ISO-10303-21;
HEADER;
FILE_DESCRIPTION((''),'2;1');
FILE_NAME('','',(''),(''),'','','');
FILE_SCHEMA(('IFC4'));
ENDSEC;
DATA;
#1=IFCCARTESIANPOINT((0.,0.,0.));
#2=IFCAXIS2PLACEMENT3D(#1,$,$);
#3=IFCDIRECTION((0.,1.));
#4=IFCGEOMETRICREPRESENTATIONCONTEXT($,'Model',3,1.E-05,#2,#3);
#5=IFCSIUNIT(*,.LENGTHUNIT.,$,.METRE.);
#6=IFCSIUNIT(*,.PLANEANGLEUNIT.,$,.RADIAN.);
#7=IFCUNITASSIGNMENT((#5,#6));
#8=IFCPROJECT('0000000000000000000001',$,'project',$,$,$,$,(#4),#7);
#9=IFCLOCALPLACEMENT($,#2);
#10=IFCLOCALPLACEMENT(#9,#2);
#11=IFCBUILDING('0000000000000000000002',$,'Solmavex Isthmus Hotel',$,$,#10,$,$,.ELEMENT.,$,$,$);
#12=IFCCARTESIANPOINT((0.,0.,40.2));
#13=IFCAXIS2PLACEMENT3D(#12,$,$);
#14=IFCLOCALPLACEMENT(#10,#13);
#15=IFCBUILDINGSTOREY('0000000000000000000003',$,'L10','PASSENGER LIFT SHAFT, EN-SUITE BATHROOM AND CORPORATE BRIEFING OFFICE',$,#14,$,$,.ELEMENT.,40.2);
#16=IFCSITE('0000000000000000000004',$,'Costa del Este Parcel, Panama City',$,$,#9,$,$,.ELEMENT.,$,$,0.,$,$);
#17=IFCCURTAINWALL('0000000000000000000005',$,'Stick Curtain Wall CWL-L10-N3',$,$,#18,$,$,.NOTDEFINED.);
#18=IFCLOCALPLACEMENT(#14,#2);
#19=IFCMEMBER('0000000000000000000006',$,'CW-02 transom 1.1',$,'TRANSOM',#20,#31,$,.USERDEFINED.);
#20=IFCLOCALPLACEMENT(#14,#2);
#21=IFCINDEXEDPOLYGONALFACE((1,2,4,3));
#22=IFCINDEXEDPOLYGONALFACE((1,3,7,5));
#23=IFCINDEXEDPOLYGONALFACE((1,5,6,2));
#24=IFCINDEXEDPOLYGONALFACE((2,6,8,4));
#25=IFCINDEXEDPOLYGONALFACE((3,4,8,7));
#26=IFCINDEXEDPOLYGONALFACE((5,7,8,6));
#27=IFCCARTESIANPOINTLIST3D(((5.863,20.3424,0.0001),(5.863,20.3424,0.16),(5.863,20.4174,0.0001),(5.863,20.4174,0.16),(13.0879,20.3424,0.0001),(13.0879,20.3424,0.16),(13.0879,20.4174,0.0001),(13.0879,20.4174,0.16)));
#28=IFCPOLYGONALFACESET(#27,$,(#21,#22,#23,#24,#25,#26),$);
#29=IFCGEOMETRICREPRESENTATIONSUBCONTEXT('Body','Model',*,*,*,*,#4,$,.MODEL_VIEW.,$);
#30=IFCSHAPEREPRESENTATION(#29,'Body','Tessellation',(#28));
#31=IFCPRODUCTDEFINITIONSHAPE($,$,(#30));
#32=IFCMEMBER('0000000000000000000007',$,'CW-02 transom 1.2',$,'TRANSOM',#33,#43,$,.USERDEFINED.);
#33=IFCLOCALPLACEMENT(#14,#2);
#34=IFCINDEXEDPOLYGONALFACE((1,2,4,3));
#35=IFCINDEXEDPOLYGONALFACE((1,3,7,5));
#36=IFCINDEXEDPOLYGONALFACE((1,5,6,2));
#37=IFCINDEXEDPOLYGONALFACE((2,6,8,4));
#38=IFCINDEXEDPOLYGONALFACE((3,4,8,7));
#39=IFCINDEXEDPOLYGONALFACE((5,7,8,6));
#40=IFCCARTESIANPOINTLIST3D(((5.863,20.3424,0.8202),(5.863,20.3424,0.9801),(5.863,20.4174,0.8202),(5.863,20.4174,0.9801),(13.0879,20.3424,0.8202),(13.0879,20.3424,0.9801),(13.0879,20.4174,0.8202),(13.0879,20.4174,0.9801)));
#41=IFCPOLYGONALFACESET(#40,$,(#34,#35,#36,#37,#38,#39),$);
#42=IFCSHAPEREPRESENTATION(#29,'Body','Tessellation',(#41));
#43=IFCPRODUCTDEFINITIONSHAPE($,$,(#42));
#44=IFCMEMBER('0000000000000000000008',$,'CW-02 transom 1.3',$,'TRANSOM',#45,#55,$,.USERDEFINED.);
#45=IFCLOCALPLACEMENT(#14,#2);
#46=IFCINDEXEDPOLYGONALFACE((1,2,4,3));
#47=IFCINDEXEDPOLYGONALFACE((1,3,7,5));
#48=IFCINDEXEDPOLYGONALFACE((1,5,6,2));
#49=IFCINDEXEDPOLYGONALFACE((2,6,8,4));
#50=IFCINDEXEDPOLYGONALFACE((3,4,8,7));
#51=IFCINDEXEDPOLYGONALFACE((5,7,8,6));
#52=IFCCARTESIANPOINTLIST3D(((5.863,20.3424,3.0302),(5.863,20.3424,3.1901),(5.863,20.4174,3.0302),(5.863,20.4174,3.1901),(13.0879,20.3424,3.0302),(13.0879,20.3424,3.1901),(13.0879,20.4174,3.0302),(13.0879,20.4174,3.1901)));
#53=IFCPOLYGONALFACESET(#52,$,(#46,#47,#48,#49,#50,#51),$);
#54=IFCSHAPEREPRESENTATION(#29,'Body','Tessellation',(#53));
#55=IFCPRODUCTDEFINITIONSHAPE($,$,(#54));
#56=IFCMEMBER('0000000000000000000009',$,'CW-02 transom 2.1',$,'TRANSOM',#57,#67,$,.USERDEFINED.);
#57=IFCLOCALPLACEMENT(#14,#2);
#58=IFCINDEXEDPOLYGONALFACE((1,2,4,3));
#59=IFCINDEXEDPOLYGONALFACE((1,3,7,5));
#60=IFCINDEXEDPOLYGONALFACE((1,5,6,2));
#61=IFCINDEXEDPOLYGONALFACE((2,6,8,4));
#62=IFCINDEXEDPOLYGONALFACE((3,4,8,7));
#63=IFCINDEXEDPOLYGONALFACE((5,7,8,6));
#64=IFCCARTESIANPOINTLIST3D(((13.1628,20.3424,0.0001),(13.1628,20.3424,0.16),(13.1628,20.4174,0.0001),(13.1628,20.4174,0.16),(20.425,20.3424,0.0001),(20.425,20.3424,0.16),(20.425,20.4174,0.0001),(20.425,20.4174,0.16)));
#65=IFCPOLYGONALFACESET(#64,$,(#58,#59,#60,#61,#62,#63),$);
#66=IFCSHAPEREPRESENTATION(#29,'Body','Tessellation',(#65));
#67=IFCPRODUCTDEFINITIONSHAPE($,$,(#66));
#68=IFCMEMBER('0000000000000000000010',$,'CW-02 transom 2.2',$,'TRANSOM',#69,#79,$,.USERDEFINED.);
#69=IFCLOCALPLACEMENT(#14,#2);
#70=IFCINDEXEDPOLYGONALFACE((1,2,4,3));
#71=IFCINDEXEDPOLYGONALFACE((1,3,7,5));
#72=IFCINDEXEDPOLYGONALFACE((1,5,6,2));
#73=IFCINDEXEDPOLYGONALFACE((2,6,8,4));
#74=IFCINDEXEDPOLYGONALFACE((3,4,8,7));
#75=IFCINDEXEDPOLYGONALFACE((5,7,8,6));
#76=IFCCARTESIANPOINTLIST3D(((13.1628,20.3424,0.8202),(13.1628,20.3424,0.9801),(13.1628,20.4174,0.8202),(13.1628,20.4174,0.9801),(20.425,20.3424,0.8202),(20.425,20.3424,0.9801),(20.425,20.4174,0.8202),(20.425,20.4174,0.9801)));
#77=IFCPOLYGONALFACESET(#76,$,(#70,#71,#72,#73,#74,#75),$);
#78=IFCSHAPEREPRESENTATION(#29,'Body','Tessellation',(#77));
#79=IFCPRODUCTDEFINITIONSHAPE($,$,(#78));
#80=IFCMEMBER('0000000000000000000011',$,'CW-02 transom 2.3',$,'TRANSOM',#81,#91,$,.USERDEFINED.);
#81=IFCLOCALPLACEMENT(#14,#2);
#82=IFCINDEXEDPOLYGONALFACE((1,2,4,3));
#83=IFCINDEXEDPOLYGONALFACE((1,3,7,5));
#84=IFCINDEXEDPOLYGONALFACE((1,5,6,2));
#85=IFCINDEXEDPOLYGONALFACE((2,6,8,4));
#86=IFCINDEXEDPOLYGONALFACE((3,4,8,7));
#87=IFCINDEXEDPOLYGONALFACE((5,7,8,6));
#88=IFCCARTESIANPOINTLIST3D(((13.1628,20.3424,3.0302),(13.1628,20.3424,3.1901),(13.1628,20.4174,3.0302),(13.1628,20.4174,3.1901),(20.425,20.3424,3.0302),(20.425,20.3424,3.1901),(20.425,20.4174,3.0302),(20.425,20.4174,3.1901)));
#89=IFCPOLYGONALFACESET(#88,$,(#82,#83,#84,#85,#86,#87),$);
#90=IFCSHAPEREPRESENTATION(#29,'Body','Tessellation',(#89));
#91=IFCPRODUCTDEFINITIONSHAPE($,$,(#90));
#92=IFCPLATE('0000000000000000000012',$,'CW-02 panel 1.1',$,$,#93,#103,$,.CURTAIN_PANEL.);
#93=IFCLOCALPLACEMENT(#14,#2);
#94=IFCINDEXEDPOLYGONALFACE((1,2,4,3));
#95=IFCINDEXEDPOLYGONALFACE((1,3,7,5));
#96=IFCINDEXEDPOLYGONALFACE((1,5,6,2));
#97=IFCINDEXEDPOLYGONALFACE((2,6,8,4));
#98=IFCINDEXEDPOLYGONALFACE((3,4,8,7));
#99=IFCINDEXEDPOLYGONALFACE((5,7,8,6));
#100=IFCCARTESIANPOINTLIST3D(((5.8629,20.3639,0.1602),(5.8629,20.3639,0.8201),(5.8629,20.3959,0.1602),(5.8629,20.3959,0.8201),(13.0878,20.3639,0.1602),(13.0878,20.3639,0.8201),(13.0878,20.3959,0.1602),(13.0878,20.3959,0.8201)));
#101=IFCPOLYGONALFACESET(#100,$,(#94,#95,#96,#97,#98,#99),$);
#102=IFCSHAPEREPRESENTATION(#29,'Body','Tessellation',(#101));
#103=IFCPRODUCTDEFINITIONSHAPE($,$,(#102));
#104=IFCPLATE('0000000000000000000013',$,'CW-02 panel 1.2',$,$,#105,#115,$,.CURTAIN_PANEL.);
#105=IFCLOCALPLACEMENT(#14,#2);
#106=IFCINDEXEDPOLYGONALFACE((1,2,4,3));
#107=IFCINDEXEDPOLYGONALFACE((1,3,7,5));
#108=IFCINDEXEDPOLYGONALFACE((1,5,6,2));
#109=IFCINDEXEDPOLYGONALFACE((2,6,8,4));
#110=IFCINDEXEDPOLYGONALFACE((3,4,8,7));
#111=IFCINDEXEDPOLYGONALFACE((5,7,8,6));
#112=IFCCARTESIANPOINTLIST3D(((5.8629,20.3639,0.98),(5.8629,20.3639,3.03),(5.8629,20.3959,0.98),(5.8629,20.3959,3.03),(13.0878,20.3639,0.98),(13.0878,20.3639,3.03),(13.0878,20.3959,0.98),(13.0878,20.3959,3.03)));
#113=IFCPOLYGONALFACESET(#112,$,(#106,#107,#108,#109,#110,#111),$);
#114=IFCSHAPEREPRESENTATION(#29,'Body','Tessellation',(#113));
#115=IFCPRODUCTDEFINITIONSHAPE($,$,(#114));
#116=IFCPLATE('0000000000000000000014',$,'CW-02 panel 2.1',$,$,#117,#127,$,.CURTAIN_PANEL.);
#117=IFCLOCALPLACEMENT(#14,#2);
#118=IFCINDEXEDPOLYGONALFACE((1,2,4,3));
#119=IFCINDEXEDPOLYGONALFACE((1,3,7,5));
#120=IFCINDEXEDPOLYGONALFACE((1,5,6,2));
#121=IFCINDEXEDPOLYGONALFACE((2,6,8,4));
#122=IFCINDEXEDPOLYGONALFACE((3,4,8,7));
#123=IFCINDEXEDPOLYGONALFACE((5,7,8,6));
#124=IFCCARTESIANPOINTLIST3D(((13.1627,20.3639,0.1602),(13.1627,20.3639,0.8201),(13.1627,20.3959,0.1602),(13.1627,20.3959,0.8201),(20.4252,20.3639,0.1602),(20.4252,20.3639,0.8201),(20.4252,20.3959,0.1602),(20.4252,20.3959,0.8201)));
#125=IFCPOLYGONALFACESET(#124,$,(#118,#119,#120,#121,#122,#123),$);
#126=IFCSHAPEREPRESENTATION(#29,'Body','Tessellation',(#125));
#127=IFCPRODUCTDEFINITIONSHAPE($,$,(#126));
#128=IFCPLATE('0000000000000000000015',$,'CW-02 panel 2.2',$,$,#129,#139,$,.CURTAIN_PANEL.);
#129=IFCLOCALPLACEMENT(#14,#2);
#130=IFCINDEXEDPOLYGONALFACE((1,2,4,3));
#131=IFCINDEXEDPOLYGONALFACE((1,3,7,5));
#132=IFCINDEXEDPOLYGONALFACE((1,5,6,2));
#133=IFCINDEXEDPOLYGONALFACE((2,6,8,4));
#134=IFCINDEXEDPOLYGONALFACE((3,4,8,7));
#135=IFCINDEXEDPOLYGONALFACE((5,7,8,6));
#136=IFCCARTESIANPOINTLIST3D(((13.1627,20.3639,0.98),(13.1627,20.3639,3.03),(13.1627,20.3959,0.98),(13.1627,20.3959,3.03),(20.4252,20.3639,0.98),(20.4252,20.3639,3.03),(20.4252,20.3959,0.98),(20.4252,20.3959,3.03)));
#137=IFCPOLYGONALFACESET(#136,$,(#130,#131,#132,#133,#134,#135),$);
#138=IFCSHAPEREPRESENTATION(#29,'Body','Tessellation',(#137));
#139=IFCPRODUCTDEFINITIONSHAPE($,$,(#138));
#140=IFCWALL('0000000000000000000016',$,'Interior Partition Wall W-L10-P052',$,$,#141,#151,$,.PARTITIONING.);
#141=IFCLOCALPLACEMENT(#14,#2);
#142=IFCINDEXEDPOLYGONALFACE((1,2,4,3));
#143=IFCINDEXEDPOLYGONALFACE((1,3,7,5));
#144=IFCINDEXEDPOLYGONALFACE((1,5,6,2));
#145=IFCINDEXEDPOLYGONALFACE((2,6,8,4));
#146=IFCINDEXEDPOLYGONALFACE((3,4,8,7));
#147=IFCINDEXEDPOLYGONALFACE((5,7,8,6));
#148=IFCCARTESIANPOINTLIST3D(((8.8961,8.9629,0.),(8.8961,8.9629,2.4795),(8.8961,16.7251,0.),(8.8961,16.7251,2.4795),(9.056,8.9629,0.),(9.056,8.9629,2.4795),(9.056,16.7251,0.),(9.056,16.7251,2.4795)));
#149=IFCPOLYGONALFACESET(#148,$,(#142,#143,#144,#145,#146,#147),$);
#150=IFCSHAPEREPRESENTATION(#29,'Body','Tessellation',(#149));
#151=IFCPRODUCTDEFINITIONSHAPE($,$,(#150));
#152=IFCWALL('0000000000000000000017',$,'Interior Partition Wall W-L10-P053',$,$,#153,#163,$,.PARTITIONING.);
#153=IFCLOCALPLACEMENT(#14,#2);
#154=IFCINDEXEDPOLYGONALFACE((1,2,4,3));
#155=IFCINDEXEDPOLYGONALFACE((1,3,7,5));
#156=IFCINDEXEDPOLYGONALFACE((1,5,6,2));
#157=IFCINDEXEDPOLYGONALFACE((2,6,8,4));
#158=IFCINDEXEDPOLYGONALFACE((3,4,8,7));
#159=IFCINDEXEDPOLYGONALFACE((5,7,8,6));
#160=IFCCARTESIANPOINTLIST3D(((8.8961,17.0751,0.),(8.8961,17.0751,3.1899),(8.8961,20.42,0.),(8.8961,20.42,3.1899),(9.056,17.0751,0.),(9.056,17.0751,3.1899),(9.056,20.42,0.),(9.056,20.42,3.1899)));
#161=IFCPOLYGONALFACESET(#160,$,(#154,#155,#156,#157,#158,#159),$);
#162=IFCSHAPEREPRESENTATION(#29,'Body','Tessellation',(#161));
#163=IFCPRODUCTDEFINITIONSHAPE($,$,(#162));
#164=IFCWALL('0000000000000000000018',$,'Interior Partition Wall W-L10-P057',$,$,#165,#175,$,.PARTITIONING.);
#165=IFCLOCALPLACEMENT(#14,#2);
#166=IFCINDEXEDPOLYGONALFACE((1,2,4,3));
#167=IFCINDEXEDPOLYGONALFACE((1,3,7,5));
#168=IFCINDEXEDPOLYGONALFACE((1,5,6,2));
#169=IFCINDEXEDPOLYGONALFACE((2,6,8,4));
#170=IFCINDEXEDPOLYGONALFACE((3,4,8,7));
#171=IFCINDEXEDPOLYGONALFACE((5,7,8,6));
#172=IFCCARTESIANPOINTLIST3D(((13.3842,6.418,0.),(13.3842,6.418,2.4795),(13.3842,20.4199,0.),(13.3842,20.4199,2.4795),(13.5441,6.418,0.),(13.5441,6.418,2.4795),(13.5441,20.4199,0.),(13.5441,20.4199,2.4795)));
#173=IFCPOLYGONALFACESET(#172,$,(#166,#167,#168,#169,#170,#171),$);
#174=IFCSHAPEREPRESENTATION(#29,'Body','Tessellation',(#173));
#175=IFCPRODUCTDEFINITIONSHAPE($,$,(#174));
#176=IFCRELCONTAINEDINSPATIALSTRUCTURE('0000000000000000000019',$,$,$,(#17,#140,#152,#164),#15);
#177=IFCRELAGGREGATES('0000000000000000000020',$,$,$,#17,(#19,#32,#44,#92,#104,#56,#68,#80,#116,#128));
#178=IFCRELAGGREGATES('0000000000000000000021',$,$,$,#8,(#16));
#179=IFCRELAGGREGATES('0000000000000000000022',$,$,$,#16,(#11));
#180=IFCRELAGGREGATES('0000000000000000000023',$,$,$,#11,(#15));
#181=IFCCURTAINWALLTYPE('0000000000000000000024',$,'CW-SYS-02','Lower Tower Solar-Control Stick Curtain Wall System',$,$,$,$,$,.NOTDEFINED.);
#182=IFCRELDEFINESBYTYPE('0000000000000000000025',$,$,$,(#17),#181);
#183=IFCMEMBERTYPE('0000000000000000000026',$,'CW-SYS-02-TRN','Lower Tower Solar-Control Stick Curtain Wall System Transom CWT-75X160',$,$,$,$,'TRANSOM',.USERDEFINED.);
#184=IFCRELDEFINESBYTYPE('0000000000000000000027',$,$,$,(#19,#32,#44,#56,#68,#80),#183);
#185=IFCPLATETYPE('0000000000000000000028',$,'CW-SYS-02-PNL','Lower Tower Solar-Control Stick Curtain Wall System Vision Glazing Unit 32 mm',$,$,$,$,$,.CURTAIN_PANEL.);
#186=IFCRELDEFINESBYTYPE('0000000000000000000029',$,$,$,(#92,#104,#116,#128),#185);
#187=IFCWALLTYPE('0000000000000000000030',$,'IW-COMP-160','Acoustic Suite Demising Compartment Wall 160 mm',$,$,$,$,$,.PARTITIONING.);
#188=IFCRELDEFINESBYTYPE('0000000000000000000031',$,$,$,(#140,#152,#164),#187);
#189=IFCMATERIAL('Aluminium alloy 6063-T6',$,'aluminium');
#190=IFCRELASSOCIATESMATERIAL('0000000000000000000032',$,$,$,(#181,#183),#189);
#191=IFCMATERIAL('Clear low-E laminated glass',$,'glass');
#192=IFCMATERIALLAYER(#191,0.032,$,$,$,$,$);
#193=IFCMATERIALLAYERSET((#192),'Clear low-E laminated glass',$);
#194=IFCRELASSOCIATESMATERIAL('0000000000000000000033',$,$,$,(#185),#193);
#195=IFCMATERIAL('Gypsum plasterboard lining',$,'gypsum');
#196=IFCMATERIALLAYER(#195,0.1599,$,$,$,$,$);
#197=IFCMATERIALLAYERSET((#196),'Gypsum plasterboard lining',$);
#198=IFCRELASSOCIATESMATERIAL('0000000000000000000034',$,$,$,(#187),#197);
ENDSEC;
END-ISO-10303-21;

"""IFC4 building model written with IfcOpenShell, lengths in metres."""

from ifc_helpers import new_model, si_unit, direction, frame, frame_2d, origin, origin_2d, place, context, subcontext, project, spatial, rectangle, extrude, material, layer, layer_set, material_profile, profile_set, type_object, element, aggregate, save


model = new_model("IFC4")

# Units and contexts
model_context = context("Model", 3, precision=1e-05, world=origin(), true_north=direction((0.0, 1.0)))
body_context = subcontext(model_context, "Body", "Model", "MODEL_VIEW")
ifc_project = project(units=[si_unit("LENGTHUNIT", "METRE"), si_unit("PLANEANGLEUNIT", "RADIAN")], contexts=[model_context])

# Site, building, storey
site_placement = place(None, origin())
site = spatial("IfcSite", under=ifc_project, at=site_placement, Name="Costa del Este Parcel, Panama City", CompositionType="ELEMENT", RefElevation=0.0)
building_placement = place(site_placement, origin())
building = spatial("IfcBuilding", under=site, at=building_placement, Name="Solmavex Isthmus Hotel", CompositionType="ELEMENT")
storey_placement = place(building_placement, frame((0.0, 0.0, 40.2)))
storey = spatial("IfcBuildingStorey", under=building, at=storey_placement, Name="L10", Description="PASSENGER LIFT SHAFT, EN-SUITE BATHROOM AND CORPORATE BRIEFING OFFICE", CompositionType="ELEMENT", Elevation=40.2)

# Shared definitions
ifc_material_1 = material(Name="Aluminium alloy 6063-T6", Category="aluminium")
curtain_wall_type = type_object("IfcCurtainWallType", Name="CW-SYS-02", Description="Lower Tower Solar-Control Stick Curtain Wall System", PredefinedType="NOTDEFINED", material=ifc_material_1)

# Curtain wall, members, plates
curtain_wall_1_placement = place(storey_placement, origin())
curtain_wall_1 = element("IfcCurtainWall", 1, at=curtain_wall_1_placement, inside=storey, type_object=curtain_wall_type, Name="Stick Curtain Wall CWL-L10-N3", PredefinedType="NOTDEFINED")
ifc_material_profile_1 = material_profile(ifc_material_1, rectangle(XDim=0.075, YDim=0.1599, at=origin_2d()), Name="CWT-75X160")
ifc_profile_set_1 = profile_set([ifc_material_profile_1], Name="Aluminium alloy 6063-T6")
member_type_1 = type_object("IfcMemberType", Name="CW-SYS-02-TRN", Description="Lower Tower Solar-Control Stick Curtain Wall System Transom CWT-75X160", ElementType="TRANSOM", PredefinedType="USERDEFINED", material=ifc_profile_set_1)
member_1_placement = place(storey_placement, frame((5.863, 20.3799, 0.0801), z_axis=(1.0, 0.0, 0.0), x_axis=(0.0, 1.0, 0.0)))
member_1 = element("IfcMember", 2, at=member_1_placement, type_object=member_type_1, Name="CW-02 transom 1.1", ObjectType="TRANSOM", PredefinedType="USERDEFINED", context=body_context, shape_type="SweptSolid", body=[
    extrude(rectangle(XDim=0.075, YDim=0.1599, at=origin_2d()), origin(), (0.0, 0.0, 1.0), 7.2249),
])
member_2_placement = place(storey_placement, frame((5.863, 20.3799, 0.9001), z_axis=(1.0, 0.0, 0.0), x_axis=(0.0, 1.0, 0.0)))
member_2 = element("IfcMember", 3, at=member_2_placement, type_object=member_type_1, Name="CW-02 transom 1.2", ObjectType="TRANSOM", PredefinedType="USERDEFINED", context=body_context, shape_type="SweptSolid", body=[
    extrude(rectangle(XDim=0.075, YDim=0.1599, at=origin_2d()), origin(), (0.0, 0.0, 1.0), 7.2249),
])
member_3_placement = place(storey_placement, frame((5.863, 20.3799, 3.1101), z_axis=(1.0, 0.0, 0.0), x_axis=(0.0, 1.0, 0.0)))
member_3 = element("IfcMember", 4, at=member_3_placement, type_object=member_type_1, Name="CW-02 transom 1.3", ObjectType="TRANSOM", PredefinedType="USERDEFINED", context=body_context, shape_type="SweptSolid", body=[
    extrude(rectangle(XDim=0.075, YDim=0.1599, at=origin_2d()), origin(), (0.0, 0.0, 1.0), 7.2249),
])
member_4_placement = place(storey_placement, frame((13.1628, 20.3799, 0.0801), z_axis=(1.0, 0.0, 0.0), x_axis=(0.0, 1.0, 0.0)))
member_4 = element("IfcMember", 5, at=member_4_placement, type_object=member_type_1, Name="CW-02 transom 2.1", ObjectType="TRANSOM", PredefinedType="USERDEFINED", context=body_context, shape_type="SweptSolid", body=[
    extrude(rectangle(XDim=0.075, YDim=0.1599, at=origin_2d()), origin(), (0.0, 0.0, 1.0), 7.2622),
])
member_5_placement = place(storey_placement, frame((13.1628, 20.3799, 0.9001), z_axis=(1.0, 0.0, 0.0), x_axis=(0.0, 1.0, 0.0)))
member_5 = element("IfcMember", 6, at=member_5_placement, type_object=member_type_1, Name="CW-02 transom 2.2", ObjectType="TRANSOM", PredefinedType="USERDEFINED", context=body_context, shape_type="SweptSolid", body=[
    extrude(rectangle(XDim=0.075, YDim=0.1599, at=origin_2d()), origin(), (0.0, 0.0, 1.0), 7.2622),
])
member_6_placement = place(storey_placement, frame((13.1628, 20.3799, 3.1101), z_axis=(1.0, 0.0, 0.0), x_axis=(0.0, 1.0, 0.0)))
member_6 = element("IfcMember", 7, at=member_6_placement, type_object=member_type_1, Name="CW-02 transom 2.3", ObjectType="TRANSOM", PredefinedType="USERDEFINED", context=body_context, shape_type="SweptSolid", body=[
    extrude(rectangle(XDim=0.075, YDim=0.1599, at=origin_2d()), origin(), (0.0, 0.0, 1.0), 7.2622),
])
ifc_material_2 = material(Name="Clear low-E laminated glass", Category="glass")
ifc_layer_1 = layer(ifc_material_2, 0.032)
ifc_layer_set_1 = layer_set([ifc_layer_1], Name="Clear low-E laminated glass")
plate_type = type_object("IfcPlateType", Name="CW-SYS-02-PNL", Description="Lower Tower Solar-Control Stick Curtain Wall System Vision Glazing Unit 32 mm", PredefinedType="CURTAIN_PANEL", material=ifc_layer_set_1)
plate_1_placement = place(storey_placement, frame((9.4753, 20.3799, 0.1602), z_axis=(0.0, 0.0, 1.0), x_axis=(1.0, 0.0, 0.0)))
plate_1 = element("IfcPlate", 8, at=plate_1_placement, type_object=plate_type, Name="CW-02 panel 1.1", PredefinedType="CURTAIN_PANEL", context=body_context, shape_type="SweptSolid", body=[
    extrude(rectangle(XDim=7.2249, YDim=0.032, at=origin_2d()), origin(), (0.0, 0.0, 1.0), 0.6599),
])
plate_2_placement = place(storey_placement, frame((9.4753, 20.3799, 0.98), z_axis=(0.0, 0.0, 1.0), x_axis=(1.0, 0.0, 0.0)))
plate_2 = element("IfcPlate", 9, at=plate_2_placement, type_object=plate_type, Name="CW-02 panel 1.2", PredefinedType="CURTAIN_PANEL", context=body_context, shape_type="SweptSolid", body=[
    extrude(rectangle(XDim=7.2249, YDim=0.032, at=origin_2d()), origin(), (0.0, 0.0, 1.0), 2.05),
])
plate_3_placement = place(storey_placement, frame((16.7939, 20.3799, 0.1602), z_axis=(0.0, 0.0, 1.0), x_axis=(1.0, 0.0, 0.0)))
plate_3 = element("IfcPlate", 10, at=plate_3_placement, type_object=plate_type, Name="CW-02 panel 2.1", PredefinedType="CURTAIN_PANEL", context=body_context, shape_type="SweptSolid", body=[
    extrude(rectangle(XDim=7.2625, YDim=0.032, at=origin_2d()), origin(), (0.0, 0.0, 1.0), 0.6599),
])
plate_4_placement = place(storey_placement, frame((16.7939, 20.3799, 0.98), z_axis=(0.0, 0.0, 1.0), x_axis=(1.0, 0.0, 0.0)))
plate_4 = element("IfcPlate", 11, at=plate_4_placement, type_object=plate_type, Name="CW-02 panel 2.2", PredefinedType="CURTAIN_PANEL", context=body_context, shape_type="SweptSolid", body=[
    extrude(rectangle(XDim=7.2625, YDim=0.032, at=origin_2d()), origin(), (0.0, 0.0, 1.0), 2.05),
])
aggregate(curtain_wall_1, [member_1, member_2, member_3, plate_1, plate_2, member_4, member_5, member_6, plate_3, plate_4])

# Walls
ifc_material_3 = material(Name="Gypsum plasterboard lining", Category="gypsum")
ifc_layer_2 = layer(ifc_material_3, 0.1599)
ifc_layer_set_2 = layer_set([ifc_layer_2], Name="Gypsum plasterboard lining")
wall_type_1 = type_object("IfcWallType", Name="IW-COMP-160", Description="Acoustic Suite Demising Compartment Wall 160 mm", PredefinedType="PARTITIONING", material=ifc_layer_set_2)
wall_1_placement = place(storey_placement, frame((8.9761, 16.7251, 0.0), z_axis=(0.0, 0.0, 1.0), x_axis=(0.0, -1.0, 0.0)))
element("IfcWall", 12, at=wall_1_placement, inside=storey, type_object=wall_type_1, Name="Interior Partition Wall W-L10-P052", PredefinedType="PARTITIONING", context=body_context, shape_type="SweptSolid", body=[
    extrude(rectangle(XDim=7.7622, YDim=0.1599, at=frame_2d((3.8811, 0.0))), origin(), (0.0, 0.0, 1.0), 2.4795),
])
wall_2_placement = place(storey_placement, frame((8.9761, 20.4199, 0.0), z_axis=(0.0, 0.0, 1.0), x_axis=(0.0, -1.0, 0.0)))
element("IfcWall", 13, at=wall_2_placement, inside=storey, type_object=wall_type_1, Name="Interior Partition Wall W-L10-P053", PredefinedType="PARTITIONING", context=body_context, shape_type="SweptSolid", body=[
    extrude(rectangle(XDim=3.345, YDim=0.1599, at=frame_2d((1.6724, 0.0))), origin(), (0.0, 0.0, 1.0), 3.1899),
])
wall_3_placement = place(storey_placement, frame((13.4641, 20.4199, 0.0), z_axis=(0.0, 0.0, 1.0), x_axis=(0.0, -1.0, 0.0)))
element("IfcWall", 14, at=wall_3_placement, inside=storey, type_object=wall_type_1, Name="Interior Partition Wall W-L10-P057", PredefinedType="PARTITIONING", context=body_context, shape_type="SweptSolid", body=[
    extrude(rectangle(XDim=14.002, YDim=0.1599, at=frame_2d((7.001, 0.0))), origin(), (0.0, 0.0, 1.0), 2.4795),
])

save(model, "model.ifc")
